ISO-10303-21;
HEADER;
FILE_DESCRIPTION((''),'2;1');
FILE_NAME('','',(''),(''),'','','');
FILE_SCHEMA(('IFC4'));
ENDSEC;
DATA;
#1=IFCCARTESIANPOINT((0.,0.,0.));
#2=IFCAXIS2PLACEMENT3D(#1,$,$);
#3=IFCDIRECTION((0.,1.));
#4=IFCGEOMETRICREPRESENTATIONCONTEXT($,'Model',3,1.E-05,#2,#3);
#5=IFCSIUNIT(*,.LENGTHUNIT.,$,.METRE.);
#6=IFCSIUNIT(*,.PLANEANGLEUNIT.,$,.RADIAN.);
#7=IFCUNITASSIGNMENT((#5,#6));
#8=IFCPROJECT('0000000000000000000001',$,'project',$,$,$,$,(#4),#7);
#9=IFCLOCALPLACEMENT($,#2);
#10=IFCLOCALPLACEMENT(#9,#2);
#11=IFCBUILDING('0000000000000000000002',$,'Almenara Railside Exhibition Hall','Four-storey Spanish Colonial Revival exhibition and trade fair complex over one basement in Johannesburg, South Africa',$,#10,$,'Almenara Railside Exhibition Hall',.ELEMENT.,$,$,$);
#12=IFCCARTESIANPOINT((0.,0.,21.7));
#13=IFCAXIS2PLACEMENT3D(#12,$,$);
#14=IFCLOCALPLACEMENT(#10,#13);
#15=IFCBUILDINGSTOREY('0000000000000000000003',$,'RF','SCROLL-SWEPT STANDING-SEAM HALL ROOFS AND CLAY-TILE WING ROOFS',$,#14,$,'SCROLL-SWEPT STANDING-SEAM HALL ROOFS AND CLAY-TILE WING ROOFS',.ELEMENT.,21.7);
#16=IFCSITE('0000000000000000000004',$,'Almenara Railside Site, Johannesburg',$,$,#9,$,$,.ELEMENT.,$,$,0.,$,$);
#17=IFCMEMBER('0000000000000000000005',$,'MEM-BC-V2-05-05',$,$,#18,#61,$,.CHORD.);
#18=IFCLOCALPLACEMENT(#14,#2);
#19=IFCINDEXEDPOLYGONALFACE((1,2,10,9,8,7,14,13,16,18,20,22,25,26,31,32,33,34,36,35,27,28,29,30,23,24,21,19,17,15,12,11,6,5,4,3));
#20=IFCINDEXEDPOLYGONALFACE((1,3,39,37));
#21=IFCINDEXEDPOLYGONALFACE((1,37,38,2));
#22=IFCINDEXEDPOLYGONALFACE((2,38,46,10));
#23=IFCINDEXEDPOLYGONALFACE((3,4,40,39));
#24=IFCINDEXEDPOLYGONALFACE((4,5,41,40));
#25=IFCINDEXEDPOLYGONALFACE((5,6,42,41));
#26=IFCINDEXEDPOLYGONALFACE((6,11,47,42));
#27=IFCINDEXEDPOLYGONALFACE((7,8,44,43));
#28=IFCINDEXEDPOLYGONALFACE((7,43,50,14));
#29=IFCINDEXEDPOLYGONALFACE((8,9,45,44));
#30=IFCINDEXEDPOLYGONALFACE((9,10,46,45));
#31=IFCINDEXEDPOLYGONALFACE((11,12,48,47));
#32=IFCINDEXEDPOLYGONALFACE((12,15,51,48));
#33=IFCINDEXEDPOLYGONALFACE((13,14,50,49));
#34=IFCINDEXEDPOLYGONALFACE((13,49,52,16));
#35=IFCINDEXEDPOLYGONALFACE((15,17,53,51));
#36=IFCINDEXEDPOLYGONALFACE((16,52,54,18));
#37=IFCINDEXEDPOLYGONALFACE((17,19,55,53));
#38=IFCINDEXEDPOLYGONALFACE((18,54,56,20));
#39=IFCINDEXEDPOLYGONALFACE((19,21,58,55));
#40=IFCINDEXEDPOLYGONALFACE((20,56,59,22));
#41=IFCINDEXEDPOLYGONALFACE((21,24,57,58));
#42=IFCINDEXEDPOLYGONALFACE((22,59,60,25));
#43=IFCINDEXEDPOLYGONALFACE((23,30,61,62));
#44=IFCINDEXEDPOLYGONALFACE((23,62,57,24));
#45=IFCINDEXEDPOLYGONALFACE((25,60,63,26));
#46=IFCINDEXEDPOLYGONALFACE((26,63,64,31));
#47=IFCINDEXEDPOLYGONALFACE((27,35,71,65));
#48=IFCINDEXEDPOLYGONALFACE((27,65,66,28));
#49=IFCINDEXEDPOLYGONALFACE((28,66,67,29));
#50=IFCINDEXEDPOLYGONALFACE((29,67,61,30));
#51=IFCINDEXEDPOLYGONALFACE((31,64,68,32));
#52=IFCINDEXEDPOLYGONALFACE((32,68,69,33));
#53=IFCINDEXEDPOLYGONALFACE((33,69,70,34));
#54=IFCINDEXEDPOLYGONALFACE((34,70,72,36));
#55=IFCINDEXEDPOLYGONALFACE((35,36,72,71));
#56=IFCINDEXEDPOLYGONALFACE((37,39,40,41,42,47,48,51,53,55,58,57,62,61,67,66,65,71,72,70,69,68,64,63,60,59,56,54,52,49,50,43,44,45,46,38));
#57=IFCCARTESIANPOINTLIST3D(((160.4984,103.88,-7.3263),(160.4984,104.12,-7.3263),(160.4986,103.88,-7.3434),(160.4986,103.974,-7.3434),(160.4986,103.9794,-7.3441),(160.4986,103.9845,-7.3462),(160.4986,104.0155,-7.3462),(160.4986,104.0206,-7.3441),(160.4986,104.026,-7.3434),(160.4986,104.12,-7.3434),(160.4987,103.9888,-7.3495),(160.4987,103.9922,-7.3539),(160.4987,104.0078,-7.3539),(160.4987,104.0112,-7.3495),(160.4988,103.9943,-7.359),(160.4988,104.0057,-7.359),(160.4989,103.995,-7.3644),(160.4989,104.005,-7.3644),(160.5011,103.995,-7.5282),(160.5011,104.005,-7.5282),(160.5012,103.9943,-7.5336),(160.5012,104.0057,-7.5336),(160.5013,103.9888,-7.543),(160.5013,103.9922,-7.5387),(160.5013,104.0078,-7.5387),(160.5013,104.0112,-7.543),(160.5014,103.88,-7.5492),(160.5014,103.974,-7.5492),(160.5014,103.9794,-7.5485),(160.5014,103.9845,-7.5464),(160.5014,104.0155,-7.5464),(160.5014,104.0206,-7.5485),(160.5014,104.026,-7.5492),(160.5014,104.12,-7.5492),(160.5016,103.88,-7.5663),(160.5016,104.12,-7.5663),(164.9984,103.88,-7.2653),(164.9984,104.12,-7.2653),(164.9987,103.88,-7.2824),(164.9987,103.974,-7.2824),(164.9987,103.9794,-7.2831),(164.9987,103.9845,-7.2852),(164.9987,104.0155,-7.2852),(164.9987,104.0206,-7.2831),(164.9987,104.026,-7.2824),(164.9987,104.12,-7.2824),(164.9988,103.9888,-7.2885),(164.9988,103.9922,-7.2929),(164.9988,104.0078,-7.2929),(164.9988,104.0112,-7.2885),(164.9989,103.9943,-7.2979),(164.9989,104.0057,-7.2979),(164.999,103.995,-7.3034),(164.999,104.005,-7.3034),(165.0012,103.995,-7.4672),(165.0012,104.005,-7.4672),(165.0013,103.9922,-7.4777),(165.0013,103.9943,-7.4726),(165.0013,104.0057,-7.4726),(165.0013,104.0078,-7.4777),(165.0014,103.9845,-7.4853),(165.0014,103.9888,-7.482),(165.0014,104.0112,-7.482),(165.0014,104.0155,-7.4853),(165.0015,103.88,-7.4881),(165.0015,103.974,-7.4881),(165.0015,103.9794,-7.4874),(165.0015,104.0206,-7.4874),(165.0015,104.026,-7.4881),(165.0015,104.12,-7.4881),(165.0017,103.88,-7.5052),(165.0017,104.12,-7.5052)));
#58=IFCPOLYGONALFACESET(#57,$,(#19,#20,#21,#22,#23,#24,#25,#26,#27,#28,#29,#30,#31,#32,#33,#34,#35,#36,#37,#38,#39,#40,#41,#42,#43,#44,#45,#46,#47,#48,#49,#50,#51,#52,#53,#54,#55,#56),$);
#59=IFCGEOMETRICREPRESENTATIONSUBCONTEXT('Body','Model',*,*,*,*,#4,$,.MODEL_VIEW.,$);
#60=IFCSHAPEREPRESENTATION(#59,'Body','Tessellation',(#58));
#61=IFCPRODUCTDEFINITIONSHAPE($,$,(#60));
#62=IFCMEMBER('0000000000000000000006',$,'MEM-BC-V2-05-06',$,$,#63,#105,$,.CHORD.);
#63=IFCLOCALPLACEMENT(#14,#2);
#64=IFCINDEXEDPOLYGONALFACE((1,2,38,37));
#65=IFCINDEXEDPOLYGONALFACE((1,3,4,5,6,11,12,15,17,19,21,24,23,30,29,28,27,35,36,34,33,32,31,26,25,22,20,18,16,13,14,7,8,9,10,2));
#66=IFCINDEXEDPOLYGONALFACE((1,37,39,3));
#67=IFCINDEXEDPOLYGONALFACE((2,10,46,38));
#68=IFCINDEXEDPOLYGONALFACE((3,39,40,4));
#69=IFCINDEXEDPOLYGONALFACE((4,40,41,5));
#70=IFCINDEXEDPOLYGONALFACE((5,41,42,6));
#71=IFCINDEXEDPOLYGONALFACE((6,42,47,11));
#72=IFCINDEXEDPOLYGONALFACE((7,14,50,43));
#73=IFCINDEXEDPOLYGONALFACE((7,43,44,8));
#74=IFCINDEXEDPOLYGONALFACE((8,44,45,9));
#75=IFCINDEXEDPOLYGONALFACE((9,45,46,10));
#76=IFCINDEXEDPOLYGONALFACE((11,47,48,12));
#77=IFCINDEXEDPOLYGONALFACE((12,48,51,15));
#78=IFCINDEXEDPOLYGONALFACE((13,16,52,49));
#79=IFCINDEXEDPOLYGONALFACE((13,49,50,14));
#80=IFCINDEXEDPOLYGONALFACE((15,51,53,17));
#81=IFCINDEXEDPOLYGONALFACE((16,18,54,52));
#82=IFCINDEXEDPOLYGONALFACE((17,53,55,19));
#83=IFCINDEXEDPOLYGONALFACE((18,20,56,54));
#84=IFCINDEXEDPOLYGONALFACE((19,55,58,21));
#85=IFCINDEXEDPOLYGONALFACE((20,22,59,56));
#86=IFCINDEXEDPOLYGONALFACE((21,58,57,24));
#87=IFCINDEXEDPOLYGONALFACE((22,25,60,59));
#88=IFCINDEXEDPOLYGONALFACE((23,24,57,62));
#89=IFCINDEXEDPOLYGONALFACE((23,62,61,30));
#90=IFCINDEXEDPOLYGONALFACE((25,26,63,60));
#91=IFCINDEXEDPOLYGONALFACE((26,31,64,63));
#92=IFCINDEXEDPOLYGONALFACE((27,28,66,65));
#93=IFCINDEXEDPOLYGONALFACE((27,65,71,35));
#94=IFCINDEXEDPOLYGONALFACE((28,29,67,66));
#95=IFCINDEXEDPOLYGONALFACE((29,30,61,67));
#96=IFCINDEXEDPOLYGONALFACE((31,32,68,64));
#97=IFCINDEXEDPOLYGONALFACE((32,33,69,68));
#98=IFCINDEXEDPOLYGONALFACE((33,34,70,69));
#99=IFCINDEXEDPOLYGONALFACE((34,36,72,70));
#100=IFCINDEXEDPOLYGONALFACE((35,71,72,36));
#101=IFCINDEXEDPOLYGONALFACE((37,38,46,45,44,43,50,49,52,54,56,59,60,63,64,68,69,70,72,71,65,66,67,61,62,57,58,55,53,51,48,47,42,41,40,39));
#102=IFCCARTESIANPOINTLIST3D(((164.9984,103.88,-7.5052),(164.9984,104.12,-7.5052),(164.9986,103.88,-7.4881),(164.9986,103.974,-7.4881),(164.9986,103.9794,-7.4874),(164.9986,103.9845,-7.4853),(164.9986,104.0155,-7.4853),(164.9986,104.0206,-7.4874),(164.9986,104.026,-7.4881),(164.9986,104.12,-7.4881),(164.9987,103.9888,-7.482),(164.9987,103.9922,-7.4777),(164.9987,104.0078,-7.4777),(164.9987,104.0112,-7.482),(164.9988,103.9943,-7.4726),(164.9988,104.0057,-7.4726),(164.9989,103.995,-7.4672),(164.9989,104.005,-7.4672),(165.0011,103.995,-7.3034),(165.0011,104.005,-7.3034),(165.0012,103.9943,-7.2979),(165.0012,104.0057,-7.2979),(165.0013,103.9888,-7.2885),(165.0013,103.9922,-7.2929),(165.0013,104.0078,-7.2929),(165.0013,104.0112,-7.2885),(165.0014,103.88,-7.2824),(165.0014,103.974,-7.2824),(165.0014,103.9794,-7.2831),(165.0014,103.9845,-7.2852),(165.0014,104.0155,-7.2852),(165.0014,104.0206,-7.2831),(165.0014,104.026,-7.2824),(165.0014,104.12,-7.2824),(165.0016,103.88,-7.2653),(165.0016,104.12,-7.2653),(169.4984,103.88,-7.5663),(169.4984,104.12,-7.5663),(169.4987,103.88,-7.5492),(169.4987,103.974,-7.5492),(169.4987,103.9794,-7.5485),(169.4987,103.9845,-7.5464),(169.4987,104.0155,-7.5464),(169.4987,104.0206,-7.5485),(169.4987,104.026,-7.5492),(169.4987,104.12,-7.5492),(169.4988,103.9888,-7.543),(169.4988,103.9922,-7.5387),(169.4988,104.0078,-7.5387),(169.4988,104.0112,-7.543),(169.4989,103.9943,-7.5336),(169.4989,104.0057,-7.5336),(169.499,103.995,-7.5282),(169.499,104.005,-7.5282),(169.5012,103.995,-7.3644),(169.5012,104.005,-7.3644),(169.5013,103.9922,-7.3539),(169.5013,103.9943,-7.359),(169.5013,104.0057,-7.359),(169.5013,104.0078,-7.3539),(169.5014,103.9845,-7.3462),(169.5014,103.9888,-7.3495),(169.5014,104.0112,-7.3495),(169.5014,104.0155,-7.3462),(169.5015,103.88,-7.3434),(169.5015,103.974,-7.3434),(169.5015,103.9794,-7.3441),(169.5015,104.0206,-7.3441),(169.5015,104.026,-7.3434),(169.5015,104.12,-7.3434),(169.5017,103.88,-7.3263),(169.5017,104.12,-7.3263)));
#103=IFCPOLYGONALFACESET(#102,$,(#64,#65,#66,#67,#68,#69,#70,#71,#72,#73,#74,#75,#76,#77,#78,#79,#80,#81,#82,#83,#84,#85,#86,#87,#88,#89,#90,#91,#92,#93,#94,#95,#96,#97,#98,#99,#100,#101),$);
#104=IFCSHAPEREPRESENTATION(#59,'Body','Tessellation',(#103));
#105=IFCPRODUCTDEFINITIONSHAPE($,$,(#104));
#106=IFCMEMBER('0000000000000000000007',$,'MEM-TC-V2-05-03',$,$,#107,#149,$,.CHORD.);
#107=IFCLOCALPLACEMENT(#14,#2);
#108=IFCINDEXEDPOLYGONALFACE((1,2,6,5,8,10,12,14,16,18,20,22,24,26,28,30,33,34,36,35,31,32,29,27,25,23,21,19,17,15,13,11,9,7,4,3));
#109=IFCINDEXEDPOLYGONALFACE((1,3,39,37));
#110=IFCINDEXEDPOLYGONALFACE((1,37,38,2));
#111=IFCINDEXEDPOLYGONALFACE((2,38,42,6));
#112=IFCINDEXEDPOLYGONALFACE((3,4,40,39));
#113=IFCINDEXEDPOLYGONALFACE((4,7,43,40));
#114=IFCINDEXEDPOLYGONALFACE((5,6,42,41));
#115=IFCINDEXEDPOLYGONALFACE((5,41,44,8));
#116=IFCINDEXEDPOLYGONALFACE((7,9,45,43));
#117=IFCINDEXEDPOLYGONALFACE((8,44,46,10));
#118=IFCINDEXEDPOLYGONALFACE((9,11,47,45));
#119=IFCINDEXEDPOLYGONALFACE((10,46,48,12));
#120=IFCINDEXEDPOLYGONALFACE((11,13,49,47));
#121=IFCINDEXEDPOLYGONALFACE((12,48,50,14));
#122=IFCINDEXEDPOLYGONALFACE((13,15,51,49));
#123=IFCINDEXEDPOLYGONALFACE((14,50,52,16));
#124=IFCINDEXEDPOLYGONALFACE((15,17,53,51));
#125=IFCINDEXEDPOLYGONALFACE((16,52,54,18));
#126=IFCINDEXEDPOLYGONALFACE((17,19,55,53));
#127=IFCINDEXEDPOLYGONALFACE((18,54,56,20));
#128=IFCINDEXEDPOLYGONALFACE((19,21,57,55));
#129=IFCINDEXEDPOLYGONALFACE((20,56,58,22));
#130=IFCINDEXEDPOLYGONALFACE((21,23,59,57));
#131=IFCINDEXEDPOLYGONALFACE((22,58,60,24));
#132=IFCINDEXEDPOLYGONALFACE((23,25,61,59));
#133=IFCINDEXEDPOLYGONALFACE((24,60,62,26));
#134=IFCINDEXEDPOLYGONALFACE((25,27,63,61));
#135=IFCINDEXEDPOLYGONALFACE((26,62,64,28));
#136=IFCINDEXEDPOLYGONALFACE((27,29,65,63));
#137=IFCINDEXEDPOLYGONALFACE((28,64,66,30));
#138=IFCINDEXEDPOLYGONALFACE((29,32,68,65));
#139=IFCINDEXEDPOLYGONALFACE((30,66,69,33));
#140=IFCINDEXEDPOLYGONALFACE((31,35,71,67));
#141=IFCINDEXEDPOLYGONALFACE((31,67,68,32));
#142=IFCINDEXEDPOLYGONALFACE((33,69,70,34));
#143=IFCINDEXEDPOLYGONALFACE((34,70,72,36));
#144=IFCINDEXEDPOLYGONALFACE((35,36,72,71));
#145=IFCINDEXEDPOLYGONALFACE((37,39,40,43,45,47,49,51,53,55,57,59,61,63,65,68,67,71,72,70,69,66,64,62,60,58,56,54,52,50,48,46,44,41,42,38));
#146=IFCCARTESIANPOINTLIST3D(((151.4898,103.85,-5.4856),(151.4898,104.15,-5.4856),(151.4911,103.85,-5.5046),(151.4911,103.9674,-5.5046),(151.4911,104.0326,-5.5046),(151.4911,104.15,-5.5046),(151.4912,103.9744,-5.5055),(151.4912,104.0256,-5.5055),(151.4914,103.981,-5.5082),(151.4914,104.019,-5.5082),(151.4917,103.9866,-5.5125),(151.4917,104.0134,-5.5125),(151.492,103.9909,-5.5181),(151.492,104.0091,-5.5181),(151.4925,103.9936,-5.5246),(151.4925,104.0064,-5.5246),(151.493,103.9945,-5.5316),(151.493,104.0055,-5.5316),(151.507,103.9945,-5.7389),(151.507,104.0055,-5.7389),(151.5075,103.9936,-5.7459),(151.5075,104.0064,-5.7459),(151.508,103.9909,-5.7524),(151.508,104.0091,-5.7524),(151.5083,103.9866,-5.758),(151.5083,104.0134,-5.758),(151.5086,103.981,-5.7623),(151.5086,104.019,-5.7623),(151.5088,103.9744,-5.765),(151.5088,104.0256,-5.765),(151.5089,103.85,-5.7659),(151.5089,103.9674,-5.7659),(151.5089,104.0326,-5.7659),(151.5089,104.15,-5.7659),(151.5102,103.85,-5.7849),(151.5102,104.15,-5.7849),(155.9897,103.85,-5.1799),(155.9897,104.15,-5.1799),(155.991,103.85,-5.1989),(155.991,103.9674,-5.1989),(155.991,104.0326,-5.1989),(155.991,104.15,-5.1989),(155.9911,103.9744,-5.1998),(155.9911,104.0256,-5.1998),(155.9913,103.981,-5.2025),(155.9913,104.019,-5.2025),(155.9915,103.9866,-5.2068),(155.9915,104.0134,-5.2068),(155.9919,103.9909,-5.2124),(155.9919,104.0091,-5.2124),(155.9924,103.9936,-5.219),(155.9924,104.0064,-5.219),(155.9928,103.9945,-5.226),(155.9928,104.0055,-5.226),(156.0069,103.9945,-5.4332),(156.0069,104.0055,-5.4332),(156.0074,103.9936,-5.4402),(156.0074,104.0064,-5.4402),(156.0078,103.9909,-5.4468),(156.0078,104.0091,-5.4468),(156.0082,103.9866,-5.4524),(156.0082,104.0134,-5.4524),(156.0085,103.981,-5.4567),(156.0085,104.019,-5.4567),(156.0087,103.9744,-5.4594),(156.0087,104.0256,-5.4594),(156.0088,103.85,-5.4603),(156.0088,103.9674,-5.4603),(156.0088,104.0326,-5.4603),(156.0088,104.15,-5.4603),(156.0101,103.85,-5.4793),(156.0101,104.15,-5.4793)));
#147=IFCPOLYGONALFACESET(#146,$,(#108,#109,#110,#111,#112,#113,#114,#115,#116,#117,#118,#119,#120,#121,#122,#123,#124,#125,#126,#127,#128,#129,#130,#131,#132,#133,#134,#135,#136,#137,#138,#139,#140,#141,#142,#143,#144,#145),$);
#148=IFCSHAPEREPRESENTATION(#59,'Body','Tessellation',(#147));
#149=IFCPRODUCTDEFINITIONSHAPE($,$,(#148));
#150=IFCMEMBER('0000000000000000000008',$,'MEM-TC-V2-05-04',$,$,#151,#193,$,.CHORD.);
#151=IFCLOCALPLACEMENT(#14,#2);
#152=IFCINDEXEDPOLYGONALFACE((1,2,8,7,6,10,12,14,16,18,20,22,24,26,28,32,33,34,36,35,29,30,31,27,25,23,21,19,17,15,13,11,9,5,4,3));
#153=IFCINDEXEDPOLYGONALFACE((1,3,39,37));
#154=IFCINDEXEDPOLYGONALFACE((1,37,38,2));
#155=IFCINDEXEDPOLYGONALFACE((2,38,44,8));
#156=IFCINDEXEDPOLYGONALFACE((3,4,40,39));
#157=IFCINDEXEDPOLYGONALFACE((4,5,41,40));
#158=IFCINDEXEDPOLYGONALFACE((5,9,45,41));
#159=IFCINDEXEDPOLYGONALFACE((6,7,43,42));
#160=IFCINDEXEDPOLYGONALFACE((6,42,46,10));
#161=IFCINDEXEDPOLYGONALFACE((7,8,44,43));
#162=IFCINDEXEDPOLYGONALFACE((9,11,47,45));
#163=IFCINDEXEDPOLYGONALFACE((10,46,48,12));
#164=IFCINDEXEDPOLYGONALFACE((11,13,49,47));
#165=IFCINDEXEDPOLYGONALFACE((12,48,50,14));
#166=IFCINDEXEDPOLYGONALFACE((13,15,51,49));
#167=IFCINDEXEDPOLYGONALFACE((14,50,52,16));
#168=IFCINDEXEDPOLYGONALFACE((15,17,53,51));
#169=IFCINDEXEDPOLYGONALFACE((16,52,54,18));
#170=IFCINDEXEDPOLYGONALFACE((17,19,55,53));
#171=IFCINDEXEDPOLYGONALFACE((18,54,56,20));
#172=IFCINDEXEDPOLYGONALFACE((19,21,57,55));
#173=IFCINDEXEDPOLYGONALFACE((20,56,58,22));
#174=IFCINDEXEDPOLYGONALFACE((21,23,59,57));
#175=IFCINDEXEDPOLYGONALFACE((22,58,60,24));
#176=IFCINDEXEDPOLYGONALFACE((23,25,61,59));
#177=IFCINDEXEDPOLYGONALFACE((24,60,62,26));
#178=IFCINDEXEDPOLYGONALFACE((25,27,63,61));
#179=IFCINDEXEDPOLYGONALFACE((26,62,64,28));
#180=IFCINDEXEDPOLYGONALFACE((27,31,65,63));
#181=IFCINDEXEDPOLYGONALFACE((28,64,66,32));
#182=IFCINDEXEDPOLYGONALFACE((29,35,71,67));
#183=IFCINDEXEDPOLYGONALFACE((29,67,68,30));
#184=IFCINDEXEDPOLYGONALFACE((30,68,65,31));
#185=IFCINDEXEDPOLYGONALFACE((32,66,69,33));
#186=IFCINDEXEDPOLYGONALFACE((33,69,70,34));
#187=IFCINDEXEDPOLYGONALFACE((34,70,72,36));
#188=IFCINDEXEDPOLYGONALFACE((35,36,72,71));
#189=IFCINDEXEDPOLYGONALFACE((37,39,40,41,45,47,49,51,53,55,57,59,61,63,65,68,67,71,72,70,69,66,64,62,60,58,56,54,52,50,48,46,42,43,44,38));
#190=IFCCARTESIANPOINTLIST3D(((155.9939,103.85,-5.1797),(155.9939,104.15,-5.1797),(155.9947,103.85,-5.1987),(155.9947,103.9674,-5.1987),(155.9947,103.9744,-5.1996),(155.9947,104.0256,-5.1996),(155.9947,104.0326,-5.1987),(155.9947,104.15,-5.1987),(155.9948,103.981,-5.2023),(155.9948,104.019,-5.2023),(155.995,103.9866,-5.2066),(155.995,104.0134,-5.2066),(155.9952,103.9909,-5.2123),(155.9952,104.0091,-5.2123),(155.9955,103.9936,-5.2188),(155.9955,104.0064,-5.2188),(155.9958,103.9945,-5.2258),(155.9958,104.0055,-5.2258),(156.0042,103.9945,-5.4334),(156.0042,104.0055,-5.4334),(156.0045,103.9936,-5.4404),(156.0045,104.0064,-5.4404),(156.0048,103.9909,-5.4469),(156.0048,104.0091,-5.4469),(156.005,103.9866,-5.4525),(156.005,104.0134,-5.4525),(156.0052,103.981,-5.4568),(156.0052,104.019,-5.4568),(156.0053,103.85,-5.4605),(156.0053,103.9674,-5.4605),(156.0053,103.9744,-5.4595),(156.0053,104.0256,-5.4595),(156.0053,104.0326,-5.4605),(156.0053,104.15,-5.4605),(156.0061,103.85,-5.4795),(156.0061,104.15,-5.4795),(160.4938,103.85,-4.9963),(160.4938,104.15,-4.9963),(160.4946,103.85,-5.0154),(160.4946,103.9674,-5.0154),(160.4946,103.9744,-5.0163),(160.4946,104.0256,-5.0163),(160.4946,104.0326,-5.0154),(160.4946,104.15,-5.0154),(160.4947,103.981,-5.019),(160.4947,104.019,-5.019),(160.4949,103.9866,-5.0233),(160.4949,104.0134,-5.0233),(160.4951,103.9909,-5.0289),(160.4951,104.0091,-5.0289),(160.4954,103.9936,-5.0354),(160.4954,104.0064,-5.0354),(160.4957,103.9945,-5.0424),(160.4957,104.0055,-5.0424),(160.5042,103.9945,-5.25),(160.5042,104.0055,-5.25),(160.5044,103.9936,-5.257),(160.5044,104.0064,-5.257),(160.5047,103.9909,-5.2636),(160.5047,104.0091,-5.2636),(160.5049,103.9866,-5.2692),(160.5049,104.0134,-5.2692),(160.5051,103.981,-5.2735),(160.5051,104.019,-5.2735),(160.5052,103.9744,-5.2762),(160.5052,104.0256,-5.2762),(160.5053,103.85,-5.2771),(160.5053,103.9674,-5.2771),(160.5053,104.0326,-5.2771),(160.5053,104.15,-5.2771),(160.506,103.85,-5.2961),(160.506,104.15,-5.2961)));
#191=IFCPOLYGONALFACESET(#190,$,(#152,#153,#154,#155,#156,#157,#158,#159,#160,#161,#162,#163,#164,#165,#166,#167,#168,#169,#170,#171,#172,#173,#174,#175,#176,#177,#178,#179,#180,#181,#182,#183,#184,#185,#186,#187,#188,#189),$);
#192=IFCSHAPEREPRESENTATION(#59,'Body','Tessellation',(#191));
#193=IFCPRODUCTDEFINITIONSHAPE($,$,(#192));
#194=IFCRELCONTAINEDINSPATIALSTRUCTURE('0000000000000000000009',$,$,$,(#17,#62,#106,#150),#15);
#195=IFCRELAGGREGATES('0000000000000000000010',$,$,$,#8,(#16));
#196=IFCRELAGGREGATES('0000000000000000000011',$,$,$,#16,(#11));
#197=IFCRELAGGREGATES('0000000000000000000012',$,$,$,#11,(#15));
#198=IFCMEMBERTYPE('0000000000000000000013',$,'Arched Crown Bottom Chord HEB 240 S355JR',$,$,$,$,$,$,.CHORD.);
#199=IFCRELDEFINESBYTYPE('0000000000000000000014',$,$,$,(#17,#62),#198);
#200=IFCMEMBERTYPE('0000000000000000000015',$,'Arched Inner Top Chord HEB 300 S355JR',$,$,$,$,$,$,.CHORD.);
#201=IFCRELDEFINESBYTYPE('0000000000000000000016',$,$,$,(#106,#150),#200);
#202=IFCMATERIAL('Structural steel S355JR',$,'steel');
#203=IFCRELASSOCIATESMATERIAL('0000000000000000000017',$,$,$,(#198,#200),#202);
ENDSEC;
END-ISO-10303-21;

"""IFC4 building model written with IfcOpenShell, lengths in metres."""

from ifc_helpers import new_model, si_unit, direction, frame, origin, origin_2d, place, context, subcontext, project, spatial, i_section, extrude, material, material_profile, profile_set, type_object, element, save


model = new_model("IFC4")

# Units and contexts
model_context = context("Model", 3, precision=1e-05, world=origin(), true_north=direction((0.0, 1.0)))
body_context = subcontext(model_context, "Body", "Model", "MODEL_VIEW")
ifc_project = project(units=[si_unit("LENGTHUNIT", "METRE"), si_unit("PLANEANGLEUNIT", "RADIAN")], contexts=[model_context])

# Site, building, storey
site_placement = place(None, origin())
site = spatial("IfcSite", under=ifc_project, at=site_placement, Name="Almenara Railside Site, Johannesburg", CompositionType="ELEMENT", RefElevation=0.0)
building_placement = place(site_placement, origin())
building = spatial("IfcBuilding", under=site, at=building_placement, Name="Almenara Railside Exhibition Hall", Description="Four-storey Spanish Colonial Revival exhibition and trade fair complex over one basement in Johannesburg, South Africa", LongName="Almenara Railside Exhibition Hall", CompositionType="ELEMENT")
storey_placement = place(building_placement, frame((0.0, 0.0, 21.7)))
storey = spatial("IfcBuildingStorey", under=building, at=storey_placement, Name="RF", Description="SCROLL-SWEPT STANDING-SEAM HALL ROOFS AND CLAY-TILE WING ROOFS", LongName="SCROLL-SWEPT STANDING-SEAM HALL ROOFS AND CLAY-TILE WING ROOFS", CompositionType="ELEMENT", Elevation=21.7)

# Members
ifc_material_1 = material(Name="Structural steel S355JR", Category="steel")
ifc_material_profile_1 = material_profile(ifc_material_1, i_section(OverallWidth=0.24, OverallDepth=0.24, WebThickness=0.01, FlangeThickness=0.0171, FilletRadius=0.021, at=origin_2d()), Name="HEB 240")
ifc_profile_set_1 = profile_set([ifc_material_profile_1], Name="Structural steel S355JR")
member_type_1 = type_object("IfcMemberType", Name="Arched Crown Bottom Chord HEB 240 S355JR", PredefinedType="CHORD", material=ifc_profile_set_1)
for number, where, z_axis, x_axis, name in (
    (1, (160.5, 104.0, -7.4463), (0.999908, 0.0, 0.013562), (0.0, 1.0, 0.0), "MEM-BC-V2-05-05"),
    (2, (165.0, 104.0, -7.3853), (0.999908, 0.0, -0.013562), (0.0, 1.0, 0.0), "MEM-BC-V2-05-06"),
):
    element("IfcMember", number, at=place(storey_placement, frame(where, z_axis=z_axis, x_axis=x_axis)), inside=storey, type_object=member_type_1, Name=name, PredefinedType="CHORD", context=body_context, shape_type="SweptSolid", body=[
        extrude(i_section(OverallWidth=0.24, OverallDepth=0.24, WebThickness=0.01, FlangeThickness=0.0171, FilletRadius=0.021, at=origin_2d()), origin(), (0.0, 0.0, 1.0), 4.5005),
    ])
ifc_material_profile_2 = material_profile(ifc_material_1, i_section(OverallWidth=0.3, OverallDepth=0.3, WebThickness=0.011, FlangeThickness=0.019, FilletRadius=0.0271, at=origin_2d()), Name="HEB 300")
ifc_profile_set_2 = profile_set([ifc_material_profile_2], Name="Structural steel S355JR")
member_type_2 = type_object("IfcMemberType", Name="Arched Inner Top Chord HEB 300 S355JR", PredefinedType="CHORD", material=ifc_profile_set_2)
member_1_placement = place(storey_placement, frame((151.5, 104.0, -5.6353), z_axis=(0.997701, 0.0, 0.067769), x_axis=(0.0, 1.0, 0.0)))
element("IfcMember", 3, at=member_1_placement, inside=storey, type_object=member_type_2, Name="MEM-TC-V2-05-03", PredefinedType="CHORD", context=body_context, shape_type="SweptSolid", body=[
    extrude(i_section(OverallWidth=0.3, OverallDepth=0.3, WebThickness=0.011, FlangeThickness=0.019, FilletRadius=0.0271, at=origin_2d()), origin(), (0.0, 0.0, 1.0), 4.5103),
])
member_2_placement = place(storey_placement, frame((156.0, 104.0, -5.3296), z_axis=(0.999171, 0.0, 0.040711), x_axis=(0.0, 1.0, 0.0)))
element("IfcMember", 4, at=member_2_placement, inside=storey, type_object=member_type_2, Name="MEM-TC-V2-05-04", PredefinedType="CHORD", context=body_context, shape_type="SweptSolid", body=[
    extrude(i_section(OverallWidth=0.3, OverallDepth=0.3, WebThickness=0.011, FlangeThickness=0.019, FilletRadius=0.0271, at=origin_2d()), origin(), (0.0, 0.0, 1.0), 4.5037),
])

save(model, "model.ifc")
